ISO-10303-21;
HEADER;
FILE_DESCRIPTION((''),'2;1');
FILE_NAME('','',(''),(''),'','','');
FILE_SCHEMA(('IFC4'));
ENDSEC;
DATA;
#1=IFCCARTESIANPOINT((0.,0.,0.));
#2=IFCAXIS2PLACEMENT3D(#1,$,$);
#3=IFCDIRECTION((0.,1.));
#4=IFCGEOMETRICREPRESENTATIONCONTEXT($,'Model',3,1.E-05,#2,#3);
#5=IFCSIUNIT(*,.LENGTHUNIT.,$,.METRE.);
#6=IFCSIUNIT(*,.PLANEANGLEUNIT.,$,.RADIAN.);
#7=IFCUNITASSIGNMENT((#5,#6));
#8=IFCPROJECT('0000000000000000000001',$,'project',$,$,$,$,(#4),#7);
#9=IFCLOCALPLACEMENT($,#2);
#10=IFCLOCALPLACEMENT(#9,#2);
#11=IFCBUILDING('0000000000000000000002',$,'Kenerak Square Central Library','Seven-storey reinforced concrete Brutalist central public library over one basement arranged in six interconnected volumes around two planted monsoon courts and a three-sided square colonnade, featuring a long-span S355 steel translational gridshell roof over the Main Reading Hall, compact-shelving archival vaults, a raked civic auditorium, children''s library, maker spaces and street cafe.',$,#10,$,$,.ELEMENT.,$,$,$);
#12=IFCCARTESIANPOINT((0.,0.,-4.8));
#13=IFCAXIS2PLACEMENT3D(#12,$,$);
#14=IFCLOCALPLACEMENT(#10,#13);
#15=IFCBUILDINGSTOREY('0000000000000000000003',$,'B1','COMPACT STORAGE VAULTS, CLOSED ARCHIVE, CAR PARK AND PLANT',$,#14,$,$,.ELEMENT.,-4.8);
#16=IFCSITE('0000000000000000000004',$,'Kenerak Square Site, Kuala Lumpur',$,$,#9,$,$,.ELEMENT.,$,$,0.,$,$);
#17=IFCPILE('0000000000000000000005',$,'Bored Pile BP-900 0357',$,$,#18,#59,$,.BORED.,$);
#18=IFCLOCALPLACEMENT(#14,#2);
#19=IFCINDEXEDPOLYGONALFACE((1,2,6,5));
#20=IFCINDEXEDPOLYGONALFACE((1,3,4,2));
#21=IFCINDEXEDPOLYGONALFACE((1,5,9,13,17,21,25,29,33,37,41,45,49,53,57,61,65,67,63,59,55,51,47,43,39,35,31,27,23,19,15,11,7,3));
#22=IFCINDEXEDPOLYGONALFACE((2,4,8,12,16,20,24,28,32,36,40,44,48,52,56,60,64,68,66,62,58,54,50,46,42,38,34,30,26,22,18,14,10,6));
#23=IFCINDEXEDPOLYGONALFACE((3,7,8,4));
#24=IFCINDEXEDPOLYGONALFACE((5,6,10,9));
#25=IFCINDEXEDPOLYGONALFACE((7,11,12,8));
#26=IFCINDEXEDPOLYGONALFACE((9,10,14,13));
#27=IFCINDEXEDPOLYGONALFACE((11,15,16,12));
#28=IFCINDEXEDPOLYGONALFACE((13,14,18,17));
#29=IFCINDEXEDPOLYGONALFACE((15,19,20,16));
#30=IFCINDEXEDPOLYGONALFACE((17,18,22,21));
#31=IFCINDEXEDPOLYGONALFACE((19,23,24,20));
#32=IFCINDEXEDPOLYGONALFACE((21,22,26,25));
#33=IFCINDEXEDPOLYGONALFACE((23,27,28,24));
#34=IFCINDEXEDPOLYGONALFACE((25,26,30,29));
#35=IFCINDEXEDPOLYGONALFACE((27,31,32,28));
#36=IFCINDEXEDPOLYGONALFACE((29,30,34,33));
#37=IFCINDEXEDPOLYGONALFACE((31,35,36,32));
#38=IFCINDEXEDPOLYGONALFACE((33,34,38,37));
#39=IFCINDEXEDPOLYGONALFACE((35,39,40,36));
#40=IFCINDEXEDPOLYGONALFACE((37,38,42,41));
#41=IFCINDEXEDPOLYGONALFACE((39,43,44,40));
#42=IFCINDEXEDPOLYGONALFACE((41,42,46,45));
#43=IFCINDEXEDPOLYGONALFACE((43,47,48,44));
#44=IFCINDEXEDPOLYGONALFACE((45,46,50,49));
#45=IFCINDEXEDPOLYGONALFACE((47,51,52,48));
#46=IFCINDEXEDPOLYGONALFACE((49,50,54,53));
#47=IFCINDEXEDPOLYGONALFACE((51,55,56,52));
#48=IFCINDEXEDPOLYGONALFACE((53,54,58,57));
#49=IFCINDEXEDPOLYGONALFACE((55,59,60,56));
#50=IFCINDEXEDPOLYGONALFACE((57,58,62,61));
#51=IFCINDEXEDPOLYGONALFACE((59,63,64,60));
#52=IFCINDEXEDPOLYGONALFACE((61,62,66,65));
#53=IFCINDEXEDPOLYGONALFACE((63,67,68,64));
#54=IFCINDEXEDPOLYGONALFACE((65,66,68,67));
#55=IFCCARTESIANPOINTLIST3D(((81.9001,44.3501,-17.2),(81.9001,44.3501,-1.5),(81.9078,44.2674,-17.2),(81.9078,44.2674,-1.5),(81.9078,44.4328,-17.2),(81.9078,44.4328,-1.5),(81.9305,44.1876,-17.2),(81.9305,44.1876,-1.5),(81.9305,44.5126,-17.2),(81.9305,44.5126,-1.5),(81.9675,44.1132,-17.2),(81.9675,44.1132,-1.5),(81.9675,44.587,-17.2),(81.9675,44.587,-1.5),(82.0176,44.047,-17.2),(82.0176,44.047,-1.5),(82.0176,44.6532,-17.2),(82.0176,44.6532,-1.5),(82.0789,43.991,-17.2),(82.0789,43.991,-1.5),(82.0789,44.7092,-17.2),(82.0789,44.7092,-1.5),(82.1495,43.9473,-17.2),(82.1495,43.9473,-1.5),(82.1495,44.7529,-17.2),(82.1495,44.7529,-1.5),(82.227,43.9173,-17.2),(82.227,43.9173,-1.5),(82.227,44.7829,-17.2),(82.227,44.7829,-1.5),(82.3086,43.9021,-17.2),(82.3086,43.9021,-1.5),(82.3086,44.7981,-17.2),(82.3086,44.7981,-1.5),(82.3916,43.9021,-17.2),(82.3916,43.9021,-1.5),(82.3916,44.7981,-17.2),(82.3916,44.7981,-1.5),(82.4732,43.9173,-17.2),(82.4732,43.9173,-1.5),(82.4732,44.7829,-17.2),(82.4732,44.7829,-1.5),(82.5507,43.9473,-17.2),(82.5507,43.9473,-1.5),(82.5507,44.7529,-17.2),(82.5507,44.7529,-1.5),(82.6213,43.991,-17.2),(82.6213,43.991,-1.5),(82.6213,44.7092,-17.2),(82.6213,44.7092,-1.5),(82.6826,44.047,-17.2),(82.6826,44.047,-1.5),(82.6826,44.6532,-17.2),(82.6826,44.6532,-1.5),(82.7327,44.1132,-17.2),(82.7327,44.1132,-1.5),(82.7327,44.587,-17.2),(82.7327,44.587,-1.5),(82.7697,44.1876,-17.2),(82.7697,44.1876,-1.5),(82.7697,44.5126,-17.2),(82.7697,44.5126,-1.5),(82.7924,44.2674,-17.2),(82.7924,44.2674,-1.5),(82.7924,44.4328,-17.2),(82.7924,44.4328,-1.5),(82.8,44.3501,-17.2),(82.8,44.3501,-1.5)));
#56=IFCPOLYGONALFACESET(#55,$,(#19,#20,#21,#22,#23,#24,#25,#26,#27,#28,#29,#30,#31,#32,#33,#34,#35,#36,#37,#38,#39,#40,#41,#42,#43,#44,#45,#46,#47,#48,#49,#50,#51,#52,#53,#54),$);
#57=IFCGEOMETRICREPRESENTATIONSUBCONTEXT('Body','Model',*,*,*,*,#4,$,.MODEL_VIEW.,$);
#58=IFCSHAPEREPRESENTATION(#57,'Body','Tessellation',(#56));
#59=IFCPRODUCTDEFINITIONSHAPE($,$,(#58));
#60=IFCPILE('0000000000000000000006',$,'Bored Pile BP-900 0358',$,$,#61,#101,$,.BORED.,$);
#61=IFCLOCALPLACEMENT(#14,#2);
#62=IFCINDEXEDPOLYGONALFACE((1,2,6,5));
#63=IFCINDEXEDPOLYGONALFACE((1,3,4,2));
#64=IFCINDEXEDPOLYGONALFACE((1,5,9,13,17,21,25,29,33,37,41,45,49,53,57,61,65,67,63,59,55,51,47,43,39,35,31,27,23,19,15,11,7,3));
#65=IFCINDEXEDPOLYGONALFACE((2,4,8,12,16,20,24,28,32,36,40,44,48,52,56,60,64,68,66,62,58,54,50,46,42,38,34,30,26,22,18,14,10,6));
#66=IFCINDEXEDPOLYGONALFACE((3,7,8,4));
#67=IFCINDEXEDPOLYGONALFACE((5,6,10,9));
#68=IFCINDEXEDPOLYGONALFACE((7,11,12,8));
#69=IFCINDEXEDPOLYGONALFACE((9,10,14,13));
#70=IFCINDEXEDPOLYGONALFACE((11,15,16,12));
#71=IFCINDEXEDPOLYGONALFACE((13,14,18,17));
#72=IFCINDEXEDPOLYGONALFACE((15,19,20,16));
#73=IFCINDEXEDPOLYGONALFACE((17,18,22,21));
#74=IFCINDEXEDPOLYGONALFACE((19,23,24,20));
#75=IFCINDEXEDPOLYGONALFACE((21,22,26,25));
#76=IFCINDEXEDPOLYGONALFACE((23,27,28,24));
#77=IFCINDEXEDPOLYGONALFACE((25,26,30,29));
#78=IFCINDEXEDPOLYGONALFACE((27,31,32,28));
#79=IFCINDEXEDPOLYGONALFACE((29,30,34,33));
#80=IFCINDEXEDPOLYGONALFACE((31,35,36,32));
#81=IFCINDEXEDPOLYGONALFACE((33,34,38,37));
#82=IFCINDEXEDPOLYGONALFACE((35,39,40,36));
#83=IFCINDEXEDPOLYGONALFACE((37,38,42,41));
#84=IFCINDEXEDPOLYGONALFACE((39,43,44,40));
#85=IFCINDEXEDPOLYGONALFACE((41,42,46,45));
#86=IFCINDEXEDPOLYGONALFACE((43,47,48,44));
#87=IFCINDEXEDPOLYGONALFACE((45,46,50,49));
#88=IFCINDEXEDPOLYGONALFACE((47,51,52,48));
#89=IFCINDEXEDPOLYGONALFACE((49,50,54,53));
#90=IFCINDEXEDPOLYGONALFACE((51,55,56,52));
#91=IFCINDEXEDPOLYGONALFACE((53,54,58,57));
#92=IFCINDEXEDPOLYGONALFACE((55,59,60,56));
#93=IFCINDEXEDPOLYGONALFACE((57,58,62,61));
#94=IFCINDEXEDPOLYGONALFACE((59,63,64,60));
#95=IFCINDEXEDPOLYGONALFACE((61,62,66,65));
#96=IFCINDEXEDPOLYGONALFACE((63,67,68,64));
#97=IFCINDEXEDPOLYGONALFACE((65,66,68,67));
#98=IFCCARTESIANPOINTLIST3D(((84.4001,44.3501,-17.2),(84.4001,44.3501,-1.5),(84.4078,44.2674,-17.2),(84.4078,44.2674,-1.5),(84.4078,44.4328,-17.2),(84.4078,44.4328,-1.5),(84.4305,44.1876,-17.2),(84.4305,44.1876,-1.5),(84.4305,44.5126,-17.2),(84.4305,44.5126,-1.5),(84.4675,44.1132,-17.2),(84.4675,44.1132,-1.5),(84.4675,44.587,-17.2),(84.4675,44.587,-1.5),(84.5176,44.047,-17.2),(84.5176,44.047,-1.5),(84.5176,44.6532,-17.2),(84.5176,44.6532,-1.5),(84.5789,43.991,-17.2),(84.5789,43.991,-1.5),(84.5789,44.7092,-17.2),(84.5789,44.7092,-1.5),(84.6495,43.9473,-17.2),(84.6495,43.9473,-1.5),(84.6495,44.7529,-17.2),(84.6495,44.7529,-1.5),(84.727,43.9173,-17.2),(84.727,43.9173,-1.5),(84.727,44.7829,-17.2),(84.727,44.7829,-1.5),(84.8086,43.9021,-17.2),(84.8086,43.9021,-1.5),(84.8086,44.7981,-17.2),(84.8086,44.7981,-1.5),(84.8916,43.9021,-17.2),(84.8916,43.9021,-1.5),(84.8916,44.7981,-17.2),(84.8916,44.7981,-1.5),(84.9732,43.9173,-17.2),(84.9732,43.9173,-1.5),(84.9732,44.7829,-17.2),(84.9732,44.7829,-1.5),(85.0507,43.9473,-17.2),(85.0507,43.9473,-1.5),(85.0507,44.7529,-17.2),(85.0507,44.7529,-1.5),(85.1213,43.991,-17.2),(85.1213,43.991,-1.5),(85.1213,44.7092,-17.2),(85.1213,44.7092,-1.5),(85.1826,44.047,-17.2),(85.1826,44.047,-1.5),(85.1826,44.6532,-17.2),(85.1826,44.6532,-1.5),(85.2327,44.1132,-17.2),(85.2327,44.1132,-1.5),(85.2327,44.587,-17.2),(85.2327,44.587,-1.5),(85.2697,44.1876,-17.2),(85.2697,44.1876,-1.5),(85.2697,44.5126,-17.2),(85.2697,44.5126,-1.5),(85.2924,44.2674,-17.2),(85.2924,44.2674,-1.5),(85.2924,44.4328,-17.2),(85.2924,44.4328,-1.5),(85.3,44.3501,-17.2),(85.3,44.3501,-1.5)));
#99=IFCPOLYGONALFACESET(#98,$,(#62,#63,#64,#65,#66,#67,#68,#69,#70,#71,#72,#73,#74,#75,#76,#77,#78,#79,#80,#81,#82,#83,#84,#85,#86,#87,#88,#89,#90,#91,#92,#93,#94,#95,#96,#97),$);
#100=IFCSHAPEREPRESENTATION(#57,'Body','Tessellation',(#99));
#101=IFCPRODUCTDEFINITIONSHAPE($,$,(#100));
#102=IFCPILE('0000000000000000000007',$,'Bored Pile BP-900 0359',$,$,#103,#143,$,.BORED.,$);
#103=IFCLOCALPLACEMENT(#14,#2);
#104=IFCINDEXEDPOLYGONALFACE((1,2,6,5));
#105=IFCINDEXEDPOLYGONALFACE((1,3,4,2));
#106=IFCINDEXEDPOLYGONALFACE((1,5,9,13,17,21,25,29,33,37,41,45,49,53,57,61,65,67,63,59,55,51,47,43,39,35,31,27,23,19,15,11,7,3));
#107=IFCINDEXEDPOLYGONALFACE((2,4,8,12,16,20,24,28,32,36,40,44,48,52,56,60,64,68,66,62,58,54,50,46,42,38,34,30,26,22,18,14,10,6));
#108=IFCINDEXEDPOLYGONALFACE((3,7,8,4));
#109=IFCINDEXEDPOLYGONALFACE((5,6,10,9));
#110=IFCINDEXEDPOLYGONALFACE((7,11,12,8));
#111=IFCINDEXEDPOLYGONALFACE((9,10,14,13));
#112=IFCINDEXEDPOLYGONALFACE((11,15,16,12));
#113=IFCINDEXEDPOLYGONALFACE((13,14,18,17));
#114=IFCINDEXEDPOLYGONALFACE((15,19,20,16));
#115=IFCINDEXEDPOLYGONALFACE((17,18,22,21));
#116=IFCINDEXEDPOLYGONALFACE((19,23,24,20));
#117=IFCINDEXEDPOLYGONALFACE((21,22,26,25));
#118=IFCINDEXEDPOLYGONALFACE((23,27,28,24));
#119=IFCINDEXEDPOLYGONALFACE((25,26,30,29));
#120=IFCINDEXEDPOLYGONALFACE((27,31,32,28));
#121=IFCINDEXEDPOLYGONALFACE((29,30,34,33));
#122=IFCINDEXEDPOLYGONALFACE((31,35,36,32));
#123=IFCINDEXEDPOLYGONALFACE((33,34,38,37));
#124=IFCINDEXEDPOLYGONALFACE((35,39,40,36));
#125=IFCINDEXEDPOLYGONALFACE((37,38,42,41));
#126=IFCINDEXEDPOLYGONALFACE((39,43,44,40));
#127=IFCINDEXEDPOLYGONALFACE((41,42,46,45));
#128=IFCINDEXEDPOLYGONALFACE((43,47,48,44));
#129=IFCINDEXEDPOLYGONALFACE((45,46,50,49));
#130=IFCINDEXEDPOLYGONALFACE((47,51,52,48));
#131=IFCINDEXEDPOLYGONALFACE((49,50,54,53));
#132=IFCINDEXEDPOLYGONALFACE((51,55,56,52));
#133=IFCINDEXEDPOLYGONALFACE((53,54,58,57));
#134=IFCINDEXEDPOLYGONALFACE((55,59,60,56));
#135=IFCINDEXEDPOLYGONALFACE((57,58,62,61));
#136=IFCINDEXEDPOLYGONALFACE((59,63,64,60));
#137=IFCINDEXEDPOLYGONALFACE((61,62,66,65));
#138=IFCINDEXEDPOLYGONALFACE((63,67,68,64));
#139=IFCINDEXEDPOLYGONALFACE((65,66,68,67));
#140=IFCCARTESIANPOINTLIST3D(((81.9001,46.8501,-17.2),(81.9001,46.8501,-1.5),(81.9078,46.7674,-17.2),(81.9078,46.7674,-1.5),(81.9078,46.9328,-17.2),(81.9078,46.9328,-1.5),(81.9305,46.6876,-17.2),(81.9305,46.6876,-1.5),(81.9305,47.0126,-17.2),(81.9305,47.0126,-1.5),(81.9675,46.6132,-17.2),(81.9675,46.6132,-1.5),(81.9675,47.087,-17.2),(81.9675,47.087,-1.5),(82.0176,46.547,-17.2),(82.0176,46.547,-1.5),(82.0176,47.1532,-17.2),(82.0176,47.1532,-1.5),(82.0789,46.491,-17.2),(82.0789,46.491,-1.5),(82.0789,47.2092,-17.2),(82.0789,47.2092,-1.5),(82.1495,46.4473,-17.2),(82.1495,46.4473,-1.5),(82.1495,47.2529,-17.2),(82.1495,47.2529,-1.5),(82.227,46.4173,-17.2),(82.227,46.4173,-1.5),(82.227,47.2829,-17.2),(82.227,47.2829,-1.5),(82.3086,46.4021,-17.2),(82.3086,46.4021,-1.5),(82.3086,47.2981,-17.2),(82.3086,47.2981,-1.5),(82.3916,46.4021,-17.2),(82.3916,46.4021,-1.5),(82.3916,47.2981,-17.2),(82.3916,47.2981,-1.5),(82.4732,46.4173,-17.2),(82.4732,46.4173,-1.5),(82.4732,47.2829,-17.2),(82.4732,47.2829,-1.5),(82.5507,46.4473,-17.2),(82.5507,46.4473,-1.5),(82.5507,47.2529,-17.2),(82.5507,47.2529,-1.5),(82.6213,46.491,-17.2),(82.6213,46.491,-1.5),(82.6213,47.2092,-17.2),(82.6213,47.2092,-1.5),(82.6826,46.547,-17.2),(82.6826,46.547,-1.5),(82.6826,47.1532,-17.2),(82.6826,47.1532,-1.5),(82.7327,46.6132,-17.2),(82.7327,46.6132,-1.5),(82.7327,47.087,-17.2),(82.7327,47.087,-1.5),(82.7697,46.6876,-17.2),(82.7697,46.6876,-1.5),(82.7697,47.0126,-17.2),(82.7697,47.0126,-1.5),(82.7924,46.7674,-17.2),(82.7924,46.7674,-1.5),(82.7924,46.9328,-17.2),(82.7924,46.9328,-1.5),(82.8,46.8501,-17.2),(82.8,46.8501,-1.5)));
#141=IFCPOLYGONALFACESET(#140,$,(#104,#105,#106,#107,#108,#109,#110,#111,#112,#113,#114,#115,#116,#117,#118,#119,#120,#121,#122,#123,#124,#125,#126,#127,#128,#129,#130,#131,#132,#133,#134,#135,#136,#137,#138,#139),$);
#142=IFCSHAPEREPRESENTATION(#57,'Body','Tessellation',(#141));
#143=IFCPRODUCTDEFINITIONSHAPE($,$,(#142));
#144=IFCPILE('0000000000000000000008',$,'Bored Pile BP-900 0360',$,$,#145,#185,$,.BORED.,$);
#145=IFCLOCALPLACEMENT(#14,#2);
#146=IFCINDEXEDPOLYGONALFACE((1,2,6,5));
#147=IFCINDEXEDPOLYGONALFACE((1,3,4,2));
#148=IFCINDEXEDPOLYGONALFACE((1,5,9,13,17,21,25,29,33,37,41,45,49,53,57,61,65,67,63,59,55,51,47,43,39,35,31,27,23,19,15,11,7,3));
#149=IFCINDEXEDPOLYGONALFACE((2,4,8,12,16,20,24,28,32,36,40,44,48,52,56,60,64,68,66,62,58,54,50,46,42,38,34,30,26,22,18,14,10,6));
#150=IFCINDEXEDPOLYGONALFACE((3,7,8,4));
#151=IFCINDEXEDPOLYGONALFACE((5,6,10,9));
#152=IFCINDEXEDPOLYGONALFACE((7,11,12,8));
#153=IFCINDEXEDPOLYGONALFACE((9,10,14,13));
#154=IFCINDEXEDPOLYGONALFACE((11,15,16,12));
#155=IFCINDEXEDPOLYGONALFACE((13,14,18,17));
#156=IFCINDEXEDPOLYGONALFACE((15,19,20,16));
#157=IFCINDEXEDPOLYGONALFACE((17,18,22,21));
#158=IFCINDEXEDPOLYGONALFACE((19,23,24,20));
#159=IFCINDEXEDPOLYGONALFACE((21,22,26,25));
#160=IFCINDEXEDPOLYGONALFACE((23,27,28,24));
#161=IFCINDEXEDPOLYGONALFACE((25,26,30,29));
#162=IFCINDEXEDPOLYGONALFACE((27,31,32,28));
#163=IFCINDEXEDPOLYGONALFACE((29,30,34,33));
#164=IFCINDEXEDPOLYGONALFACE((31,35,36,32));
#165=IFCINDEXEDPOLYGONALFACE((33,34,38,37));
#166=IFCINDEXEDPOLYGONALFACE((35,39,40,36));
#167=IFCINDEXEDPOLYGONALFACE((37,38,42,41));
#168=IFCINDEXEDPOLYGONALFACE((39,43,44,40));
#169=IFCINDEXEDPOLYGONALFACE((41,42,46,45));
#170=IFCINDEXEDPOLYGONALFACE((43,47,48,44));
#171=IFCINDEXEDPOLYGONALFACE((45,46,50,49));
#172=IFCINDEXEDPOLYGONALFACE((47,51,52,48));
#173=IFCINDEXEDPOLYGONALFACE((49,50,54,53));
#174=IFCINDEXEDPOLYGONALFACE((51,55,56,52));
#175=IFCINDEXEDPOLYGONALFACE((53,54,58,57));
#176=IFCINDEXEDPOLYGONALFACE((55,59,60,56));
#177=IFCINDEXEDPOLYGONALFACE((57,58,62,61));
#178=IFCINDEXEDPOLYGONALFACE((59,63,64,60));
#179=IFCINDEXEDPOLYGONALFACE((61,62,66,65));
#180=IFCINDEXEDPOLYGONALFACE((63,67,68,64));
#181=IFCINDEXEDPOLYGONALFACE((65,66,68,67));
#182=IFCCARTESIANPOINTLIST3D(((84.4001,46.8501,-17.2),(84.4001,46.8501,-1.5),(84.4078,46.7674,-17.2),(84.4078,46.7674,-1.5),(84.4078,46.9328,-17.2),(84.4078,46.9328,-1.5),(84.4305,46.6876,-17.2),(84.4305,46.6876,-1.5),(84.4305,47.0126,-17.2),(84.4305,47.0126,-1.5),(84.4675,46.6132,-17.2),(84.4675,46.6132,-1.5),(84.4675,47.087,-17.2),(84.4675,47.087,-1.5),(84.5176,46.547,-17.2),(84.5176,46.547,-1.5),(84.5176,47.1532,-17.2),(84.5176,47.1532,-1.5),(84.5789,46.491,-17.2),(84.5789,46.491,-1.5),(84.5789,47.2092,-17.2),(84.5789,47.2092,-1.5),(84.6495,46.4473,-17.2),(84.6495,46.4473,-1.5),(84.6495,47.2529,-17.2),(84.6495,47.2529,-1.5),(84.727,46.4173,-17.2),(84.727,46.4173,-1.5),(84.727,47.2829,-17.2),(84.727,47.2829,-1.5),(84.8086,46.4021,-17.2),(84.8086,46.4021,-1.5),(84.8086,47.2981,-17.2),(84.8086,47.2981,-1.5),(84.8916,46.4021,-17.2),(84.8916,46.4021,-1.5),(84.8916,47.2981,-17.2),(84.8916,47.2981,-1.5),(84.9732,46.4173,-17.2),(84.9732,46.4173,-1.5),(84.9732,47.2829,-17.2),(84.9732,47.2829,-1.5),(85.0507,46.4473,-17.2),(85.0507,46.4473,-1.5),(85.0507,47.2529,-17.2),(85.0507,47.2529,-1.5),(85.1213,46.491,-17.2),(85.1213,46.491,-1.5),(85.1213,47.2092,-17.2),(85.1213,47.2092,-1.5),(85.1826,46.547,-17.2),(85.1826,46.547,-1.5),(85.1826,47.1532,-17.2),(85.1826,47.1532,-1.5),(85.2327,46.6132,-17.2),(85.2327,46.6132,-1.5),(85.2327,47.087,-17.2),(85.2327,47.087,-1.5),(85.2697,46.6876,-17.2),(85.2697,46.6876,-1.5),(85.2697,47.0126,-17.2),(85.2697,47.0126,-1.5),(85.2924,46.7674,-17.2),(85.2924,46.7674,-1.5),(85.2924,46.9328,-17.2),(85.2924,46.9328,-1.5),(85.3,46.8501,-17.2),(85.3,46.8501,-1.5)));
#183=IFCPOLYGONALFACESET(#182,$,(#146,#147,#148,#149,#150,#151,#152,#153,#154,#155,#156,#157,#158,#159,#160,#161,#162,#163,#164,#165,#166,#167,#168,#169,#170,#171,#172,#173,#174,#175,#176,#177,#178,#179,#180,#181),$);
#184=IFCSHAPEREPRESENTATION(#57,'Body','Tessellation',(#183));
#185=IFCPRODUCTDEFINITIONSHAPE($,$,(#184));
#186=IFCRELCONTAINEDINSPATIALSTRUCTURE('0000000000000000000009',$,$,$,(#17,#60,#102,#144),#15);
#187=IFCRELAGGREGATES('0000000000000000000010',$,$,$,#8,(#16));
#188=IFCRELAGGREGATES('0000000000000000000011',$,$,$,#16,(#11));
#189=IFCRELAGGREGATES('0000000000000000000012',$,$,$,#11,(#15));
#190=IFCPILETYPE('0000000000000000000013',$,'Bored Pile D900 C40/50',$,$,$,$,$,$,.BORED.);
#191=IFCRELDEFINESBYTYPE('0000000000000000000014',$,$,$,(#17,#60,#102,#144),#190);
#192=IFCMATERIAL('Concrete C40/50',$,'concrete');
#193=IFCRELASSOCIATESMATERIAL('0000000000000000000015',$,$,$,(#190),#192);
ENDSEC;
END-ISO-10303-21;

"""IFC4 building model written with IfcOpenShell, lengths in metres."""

from ifc_helpers import new_model, si_unit, direction, frame, origin, origin_2d, place, context, subcontext, project, spatial, circle, extrude, material, material_profile, profile_set, type_object, element, save


model = new_model("IFC4")

# Units and contexts
model_context = context("Model", 3, precision=1e-05, world=origin(), true_north=direction((0.0, 1.0)))
body_context = subcontext(model_context, "Body", "Model", "MODEL_VIEW")
ifc_project = project(units=[si_unit("LENGTHUNIT", "METRE"), si_unit("PLANEANGLEUNIT", "RADIAN")], contexts=[model_context])

# Site, building, storey
site_placement = place(None, origin())
site = spatial("IfcSite", under=ifc_project, at=site_placement, Name="Kenerak Square Site, Kuala Lumpur", CompositionType="ELEMENT", RefElevation=0.0)
building_placement = place(site_placement, origin())
building = spatial("IfcBuilding", under=site, at=building_placement, Name="Kenerak Square Central Library", Description="Seven-storey reinforced concrete Brutalist central public library over one basement arranged in six interconnected volumes around two planted monsoon courts and a three-sided square colonnade, featuring a long-span S355 steel translational gridshell roof over the Main Reading Hall, compact-shelving archival vaults, a raked civic auditorium, children's library, maker spaces and street cafe.", CompositionType="ELEMENT")
storey_placement = place(building_placement, frame((0.0, 0.0, -4.8)))
storey = spatial("IfcBuildingStorey", under=building, at=storey_placement, Name="B1", Description="COMPACT STORAGE VAULTS, CLOSED ARCHIVE, CAR PARK AND PLANT", CompositionType="ELEMENT", Elevation=-4.8)

# Piles
ifc_material_1 = material(Name="Concrete C40/50", Category="concrete")
ifc_material_profile_1 = material_profile(ifc_material_1, circle(Radius=0.45, at=origin_2d()), Name="BP D900")
ifc_profile_set_1 = profile_set([ifc_material_profile_1], Name="Concrete C40/50")
pile_type_1 = type_object("IfcPileType", Name="Bored Pile D900 C40/50", PredefinedType="BORED", material=ifc_profile_set_1)
for number, where, z_axis, x_axis, name in (
    (1, (82.3501, 44.3501, -1.5), (0.0, 0.0, -1.0), (1.0, 0.0, 0.0), "Bored Pile BP-900 0357"),
    (2, (84.8501, 44.3501, -1.5), (0.0, 0.0, -1.0), (1.0, 0.0, 0.0), "Bored Pile BP-900 0358"),
    (3, (82.3501, 46.8501, -1.5), (0.0, 0.0, -1.0), (1.0, 0.0, 0.0), "Bored Pile BP-900 0359"),
    (4, (84.8501, 46.8501, -1.5), (0.0, 0.0, -1.0), (1.0, 0.0, 0.0), "Bored Pile BP-900 0360"),
):
    element("IfcPile", number, at=place(storey_placement, frame(where, z_axis=z_axis, x_axis=x_axis)), inside=storey, type_object=pile_type_1, Name=name, PredefinedType="BORED", context=body_context, shape_type="SweptSolid", body=[
        extrude(circle(Radius=0.45, at=origin_2d()), origin(), (0.0, 0.0, 1.0), 15.7),
    ])

save(model, "model.ifc")
